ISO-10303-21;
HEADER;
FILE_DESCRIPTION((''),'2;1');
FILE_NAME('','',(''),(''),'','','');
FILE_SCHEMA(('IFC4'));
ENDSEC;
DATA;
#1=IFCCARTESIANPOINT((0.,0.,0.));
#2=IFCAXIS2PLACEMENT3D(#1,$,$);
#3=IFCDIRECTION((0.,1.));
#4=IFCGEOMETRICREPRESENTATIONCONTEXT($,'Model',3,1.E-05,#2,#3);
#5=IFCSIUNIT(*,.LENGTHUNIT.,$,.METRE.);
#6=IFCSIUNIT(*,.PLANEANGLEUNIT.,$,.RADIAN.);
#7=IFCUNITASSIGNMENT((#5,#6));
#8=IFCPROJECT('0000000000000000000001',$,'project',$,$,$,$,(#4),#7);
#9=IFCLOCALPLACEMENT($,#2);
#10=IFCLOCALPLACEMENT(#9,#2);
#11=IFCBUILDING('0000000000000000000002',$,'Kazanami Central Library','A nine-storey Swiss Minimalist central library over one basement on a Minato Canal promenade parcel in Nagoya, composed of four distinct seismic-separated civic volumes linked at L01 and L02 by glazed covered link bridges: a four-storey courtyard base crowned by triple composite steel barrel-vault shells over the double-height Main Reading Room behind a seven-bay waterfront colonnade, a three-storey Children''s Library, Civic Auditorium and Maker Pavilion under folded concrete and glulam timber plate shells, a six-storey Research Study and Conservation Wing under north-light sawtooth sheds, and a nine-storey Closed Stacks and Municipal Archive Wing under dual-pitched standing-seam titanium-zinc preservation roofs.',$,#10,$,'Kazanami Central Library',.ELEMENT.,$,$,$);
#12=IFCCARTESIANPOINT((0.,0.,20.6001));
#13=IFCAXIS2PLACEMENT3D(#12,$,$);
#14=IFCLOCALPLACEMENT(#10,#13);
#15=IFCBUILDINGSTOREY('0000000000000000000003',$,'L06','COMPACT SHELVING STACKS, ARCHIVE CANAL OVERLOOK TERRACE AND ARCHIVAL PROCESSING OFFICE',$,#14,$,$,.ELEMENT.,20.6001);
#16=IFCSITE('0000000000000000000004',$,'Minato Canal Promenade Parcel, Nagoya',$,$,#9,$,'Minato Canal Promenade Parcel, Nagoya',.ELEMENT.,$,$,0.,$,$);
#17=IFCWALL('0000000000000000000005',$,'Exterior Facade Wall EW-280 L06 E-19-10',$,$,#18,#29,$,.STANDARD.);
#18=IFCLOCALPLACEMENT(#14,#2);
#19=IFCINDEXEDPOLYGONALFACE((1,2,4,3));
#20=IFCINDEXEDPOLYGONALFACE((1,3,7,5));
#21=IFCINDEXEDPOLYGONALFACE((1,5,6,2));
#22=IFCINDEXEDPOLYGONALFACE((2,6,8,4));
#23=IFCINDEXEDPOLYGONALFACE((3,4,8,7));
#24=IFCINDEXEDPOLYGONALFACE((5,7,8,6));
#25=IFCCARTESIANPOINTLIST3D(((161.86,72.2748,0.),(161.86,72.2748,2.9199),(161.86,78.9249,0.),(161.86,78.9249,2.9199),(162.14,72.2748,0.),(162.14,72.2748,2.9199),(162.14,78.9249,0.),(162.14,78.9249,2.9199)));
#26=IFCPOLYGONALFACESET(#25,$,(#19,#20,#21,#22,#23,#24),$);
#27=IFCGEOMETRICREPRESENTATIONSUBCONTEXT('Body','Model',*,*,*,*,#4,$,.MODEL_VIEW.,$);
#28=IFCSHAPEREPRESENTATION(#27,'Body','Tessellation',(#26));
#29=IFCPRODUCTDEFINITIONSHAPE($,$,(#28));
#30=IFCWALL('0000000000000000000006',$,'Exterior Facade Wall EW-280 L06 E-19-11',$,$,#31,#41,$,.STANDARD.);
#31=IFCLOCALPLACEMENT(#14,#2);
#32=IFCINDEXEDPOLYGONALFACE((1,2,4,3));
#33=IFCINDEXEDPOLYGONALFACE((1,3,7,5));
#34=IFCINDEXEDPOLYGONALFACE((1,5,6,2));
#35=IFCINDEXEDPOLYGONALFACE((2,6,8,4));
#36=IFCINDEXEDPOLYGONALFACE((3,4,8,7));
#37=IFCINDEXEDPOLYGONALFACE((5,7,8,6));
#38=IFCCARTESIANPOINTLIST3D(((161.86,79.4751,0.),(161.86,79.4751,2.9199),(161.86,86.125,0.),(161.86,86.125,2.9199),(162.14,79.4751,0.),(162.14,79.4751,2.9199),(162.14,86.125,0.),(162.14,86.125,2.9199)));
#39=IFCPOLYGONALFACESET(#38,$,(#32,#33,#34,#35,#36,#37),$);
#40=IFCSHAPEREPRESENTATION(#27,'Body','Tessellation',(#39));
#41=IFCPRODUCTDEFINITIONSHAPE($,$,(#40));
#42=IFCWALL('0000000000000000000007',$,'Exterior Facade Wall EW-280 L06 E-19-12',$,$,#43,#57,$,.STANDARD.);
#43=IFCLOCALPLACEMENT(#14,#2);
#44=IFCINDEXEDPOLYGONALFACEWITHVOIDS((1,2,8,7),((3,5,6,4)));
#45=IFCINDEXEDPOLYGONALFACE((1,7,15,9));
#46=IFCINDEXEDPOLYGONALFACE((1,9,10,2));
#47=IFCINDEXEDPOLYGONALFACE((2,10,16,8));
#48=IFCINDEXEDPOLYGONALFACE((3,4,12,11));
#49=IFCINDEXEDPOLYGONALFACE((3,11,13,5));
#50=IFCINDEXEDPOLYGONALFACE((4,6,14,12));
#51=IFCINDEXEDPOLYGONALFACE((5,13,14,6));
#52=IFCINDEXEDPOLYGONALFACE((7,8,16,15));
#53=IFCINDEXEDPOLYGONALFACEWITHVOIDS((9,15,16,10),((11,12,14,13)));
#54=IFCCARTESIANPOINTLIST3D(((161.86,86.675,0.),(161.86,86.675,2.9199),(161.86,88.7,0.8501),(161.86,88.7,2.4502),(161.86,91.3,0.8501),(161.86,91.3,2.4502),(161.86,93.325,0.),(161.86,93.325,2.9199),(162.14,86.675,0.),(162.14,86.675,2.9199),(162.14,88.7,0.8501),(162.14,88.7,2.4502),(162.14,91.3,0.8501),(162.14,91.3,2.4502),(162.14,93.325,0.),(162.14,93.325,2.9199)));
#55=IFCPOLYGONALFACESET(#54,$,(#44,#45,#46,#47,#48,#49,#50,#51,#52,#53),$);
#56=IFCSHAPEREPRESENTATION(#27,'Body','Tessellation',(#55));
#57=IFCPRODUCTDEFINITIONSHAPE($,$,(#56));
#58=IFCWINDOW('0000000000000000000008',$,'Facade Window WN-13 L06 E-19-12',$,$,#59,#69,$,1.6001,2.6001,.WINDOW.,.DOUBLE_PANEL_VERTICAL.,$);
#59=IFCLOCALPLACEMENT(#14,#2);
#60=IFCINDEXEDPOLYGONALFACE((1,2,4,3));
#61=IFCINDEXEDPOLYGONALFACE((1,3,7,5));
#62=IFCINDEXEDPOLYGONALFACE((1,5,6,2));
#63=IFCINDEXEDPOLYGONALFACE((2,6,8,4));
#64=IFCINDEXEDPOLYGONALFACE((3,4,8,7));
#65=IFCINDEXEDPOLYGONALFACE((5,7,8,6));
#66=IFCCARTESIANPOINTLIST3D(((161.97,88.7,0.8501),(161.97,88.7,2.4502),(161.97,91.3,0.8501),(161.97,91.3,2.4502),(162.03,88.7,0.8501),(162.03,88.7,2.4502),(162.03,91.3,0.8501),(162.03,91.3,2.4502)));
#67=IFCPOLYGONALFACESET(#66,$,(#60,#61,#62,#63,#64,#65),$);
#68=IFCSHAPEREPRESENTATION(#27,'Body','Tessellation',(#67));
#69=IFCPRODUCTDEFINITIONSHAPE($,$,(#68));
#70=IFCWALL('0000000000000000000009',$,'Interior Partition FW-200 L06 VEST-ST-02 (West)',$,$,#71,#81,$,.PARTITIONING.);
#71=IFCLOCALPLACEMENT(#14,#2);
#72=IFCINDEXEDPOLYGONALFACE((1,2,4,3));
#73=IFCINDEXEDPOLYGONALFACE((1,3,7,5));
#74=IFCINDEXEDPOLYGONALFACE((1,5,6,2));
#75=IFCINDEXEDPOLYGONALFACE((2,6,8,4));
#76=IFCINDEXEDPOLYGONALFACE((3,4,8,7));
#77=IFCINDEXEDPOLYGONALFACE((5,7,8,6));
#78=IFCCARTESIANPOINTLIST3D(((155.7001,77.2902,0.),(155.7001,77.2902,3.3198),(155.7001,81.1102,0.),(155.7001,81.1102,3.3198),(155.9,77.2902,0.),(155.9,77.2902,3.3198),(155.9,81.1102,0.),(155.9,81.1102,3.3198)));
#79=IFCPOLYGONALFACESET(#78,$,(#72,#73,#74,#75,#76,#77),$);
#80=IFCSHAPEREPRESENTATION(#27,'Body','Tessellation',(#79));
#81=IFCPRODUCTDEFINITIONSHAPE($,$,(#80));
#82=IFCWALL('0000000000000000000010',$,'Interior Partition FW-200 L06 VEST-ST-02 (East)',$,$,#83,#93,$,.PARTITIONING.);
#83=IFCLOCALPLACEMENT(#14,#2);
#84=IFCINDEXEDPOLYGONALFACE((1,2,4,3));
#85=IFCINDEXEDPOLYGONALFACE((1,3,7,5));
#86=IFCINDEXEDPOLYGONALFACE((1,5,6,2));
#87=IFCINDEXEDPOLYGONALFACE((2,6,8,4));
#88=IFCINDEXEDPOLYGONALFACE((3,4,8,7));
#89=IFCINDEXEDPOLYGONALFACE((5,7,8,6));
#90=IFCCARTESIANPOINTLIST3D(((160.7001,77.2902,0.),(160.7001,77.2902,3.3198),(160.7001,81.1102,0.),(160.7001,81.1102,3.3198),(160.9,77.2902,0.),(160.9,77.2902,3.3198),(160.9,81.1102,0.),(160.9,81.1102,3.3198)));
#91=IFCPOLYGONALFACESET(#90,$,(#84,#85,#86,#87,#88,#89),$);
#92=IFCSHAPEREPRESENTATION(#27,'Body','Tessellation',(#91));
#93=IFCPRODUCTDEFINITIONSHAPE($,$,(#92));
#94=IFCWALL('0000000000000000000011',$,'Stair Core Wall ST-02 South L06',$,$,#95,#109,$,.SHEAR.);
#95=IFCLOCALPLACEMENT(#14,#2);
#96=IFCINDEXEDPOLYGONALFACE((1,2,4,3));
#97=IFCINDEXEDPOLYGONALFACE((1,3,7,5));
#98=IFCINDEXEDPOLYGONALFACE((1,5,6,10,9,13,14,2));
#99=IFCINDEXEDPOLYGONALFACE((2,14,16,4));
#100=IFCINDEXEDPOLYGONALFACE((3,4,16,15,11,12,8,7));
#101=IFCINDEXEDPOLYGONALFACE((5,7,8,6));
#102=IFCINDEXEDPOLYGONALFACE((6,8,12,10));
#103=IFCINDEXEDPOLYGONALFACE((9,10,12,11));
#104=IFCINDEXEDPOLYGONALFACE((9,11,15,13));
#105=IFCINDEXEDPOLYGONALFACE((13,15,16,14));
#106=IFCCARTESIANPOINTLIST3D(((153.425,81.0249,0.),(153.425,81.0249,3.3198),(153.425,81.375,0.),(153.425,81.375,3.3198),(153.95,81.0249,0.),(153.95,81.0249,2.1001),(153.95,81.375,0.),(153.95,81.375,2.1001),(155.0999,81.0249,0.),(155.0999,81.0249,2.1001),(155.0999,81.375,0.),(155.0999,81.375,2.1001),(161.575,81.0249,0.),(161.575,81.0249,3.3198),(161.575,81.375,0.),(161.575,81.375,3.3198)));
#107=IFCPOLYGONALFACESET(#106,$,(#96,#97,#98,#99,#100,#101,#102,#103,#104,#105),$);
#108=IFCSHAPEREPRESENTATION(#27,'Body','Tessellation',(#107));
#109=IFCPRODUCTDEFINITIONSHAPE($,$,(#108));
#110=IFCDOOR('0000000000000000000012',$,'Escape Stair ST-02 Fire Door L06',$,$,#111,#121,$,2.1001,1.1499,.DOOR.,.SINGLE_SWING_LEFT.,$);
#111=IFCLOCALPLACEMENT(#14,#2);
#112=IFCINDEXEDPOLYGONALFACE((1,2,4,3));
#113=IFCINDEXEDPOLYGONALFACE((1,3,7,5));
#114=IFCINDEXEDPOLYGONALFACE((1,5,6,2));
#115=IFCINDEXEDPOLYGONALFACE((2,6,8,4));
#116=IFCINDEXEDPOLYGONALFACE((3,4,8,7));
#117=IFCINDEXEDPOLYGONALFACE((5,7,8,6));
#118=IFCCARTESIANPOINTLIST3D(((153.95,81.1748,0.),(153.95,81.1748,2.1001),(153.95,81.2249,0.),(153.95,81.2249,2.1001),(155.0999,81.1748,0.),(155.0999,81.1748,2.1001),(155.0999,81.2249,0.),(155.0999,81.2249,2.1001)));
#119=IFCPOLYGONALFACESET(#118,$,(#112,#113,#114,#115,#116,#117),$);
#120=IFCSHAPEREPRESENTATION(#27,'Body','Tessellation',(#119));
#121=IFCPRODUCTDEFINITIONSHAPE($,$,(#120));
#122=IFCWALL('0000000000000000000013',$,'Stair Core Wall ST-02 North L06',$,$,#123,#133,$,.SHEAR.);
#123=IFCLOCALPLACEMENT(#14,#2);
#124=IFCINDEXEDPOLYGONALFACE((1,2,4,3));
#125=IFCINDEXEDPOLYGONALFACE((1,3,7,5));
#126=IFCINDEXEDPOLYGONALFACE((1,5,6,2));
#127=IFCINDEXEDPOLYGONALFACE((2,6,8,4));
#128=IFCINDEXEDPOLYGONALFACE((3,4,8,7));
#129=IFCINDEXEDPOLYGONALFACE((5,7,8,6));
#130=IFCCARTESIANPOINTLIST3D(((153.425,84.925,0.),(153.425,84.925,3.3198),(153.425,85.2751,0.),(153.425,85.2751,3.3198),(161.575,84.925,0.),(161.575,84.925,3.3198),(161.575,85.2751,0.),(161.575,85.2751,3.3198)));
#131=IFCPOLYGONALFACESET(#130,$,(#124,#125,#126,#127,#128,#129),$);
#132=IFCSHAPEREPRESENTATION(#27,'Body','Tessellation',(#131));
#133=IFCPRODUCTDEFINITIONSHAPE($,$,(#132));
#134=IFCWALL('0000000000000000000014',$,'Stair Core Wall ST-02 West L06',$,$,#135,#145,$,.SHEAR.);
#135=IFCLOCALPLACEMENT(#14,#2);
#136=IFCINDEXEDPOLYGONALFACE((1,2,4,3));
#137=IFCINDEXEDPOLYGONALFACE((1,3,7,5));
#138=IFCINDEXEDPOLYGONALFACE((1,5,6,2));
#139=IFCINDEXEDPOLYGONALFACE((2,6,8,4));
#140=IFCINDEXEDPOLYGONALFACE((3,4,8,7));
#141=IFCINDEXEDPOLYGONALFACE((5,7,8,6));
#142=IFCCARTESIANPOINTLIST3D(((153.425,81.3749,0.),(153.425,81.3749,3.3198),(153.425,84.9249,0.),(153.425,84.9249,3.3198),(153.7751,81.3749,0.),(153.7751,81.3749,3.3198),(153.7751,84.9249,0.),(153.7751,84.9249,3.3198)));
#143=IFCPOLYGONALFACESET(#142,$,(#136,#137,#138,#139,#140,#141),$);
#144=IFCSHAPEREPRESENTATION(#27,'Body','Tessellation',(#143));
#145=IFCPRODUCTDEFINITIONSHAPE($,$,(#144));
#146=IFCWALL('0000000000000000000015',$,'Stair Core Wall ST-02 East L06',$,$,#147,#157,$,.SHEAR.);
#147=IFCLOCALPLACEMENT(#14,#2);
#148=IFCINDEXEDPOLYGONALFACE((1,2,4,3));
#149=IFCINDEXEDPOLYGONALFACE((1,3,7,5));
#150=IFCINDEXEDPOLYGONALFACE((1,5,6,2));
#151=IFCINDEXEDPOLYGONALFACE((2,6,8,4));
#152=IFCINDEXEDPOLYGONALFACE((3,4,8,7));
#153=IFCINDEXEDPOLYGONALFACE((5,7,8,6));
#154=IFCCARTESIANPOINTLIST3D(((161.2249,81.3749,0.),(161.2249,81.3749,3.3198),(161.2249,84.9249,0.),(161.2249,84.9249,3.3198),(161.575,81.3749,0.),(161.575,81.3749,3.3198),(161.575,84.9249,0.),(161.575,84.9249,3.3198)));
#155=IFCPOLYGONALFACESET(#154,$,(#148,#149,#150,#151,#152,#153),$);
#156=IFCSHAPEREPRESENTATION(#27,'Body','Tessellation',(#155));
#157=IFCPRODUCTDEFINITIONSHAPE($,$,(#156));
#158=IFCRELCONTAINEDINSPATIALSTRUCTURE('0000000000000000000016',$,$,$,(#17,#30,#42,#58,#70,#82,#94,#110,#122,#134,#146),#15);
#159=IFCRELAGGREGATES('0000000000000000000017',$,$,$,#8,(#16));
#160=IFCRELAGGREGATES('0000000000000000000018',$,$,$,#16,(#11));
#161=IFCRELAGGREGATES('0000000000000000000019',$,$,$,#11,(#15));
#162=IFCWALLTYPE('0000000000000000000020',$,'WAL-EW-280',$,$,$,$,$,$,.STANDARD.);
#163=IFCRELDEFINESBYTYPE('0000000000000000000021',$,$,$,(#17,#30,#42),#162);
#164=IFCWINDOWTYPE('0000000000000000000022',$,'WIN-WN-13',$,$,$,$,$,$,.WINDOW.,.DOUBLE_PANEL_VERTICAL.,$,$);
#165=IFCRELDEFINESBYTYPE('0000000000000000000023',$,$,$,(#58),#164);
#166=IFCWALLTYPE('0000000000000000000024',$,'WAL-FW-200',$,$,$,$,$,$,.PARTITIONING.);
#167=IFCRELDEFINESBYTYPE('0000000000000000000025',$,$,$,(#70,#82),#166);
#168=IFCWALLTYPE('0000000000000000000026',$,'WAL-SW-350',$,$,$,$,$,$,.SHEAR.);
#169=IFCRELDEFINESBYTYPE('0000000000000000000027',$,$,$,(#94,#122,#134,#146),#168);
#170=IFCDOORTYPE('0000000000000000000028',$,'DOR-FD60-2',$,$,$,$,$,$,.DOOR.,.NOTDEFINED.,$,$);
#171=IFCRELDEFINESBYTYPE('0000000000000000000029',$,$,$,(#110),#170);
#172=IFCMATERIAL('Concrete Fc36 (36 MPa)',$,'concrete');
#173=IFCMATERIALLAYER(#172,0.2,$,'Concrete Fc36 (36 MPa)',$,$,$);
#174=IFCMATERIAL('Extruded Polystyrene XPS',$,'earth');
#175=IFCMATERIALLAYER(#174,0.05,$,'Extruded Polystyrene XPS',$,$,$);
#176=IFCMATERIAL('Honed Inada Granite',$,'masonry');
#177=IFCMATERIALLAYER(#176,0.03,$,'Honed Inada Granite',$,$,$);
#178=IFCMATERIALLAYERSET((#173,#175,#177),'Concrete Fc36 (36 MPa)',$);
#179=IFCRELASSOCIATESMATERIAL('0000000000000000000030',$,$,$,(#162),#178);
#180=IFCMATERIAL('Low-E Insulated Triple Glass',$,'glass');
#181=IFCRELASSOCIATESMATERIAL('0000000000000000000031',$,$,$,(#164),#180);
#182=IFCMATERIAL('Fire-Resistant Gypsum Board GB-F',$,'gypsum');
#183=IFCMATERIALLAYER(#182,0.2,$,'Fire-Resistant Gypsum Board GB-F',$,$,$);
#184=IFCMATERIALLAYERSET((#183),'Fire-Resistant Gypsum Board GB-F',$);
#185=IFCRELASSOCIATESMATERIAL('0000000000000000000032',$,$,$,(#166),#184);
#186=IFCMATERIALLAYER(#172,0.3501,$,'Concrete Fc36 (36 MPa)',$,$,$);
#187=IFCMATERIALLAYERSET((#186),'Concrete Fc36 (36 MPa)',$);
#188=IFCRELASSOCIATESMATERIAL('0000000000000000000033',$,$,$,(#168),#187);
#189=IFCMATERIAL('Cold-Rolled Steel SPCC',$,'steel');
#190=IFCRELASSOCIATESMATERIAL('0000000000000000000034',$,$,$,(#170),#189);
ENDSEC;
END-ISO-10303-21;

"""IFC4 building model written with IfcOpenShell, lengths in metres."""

from ifc_helpers import new_model, si_unit, direction, frame, frame_2d, origin, place, context, subcontext, project, spatial, rectangle, extrude, material, layer, layer_set, type_object, element, fill, save


model = new_model("IFC4")

# Units and contexts
model_context = context("Model", 3, precision=1e-05, world=origin(), true_north=direction((0.0, 1.0)))
body_context = subcontext(model_context, "Body", "Model", "MODEL_VIEW")
ifc_project = project(units=[si_unit("LENGTHUNIT", "METRE"), si_unit("PLANEANGLEUNIT", "RADIAN")], contexts=[model_context])

# Site, building, storey
site_placement = place(None, origin())
site = spatial("IfcSite", under=ifc_project, at=site_placement, Name="Minato Canal Promenade Parcel, Nagoya", LongName="Minato Canal Promenade Parcel, Nagoya", CompositionType="ELEMENT", RefElevation=0.0)
building_placement = place(site_placement, origin())
building = spatial("IfcBuilding", under=site, at=building_placement, Name="Kazanami Central Library", Description="A nine-storey Swiss Minimalist central library over one basement on a Minato Canal promenade parcel in Nagoya, composed of four distinct seismic-separated civic volumes linked at L01 and L02 by glazed covered link bridges: a four-storey courtyard base crowned by triple composite steel barrel-vault shells over the double-height Main Reading Room behind a seven-bay waterfront colonnade, a three-storey Children's Library, Civic Auditorium and Maker Pavilion under folded concrete and glulam timber plate shells, a six-storey Research Study and Conservation Wing under north-light sawtooth sheds, and a nine-storey Closed Stacks and Municipal Archive Wing under dual-pitched standing-seam titanium-zinc preservation roofs.", LongName="Kazanami Central Library", CompositionType="ELEMENT")
storey_placement = place(building_placement, frame((0.0, 0.0, 20.6001)))
storey = spatial("IfcBuildingStorey", under=building, at=storey_placement, Name="L06", Description="COMPACT SHELVING STACKS, ARCHIVE CANAL OVERLOOK TERRACE AND ARCHIVAL PROCESSING OFFICE", CompositionType="ELEMENT", Elevation=20.6001)

# Shared definitions
ifc_material_1 = material(Name="Concrete Fc36 (36 MPa)", Category="concrete")
ifc_layer_1 = layer(ifc_material_1, 0.2, Name="Concrete Fc36 (36 MPa)")
ifc_material_2 = material(Name="Extruded Polystyrene XPS", Category="earth")
ifc_layer_2 = layer(ifc_material_2, 0.05, Name="Extruded Polystyrene XPS")
ifc_material_3 = material(Name="Honed Inada Granite", Category="masonry")
ifc_layer_3 = layer(ifc_material_3, 0.03, Name="Honed Inada Granite")
ifc_layer_set_1 = layer_set([ifc_layer_1, ifc_layer_2, ifc_layer_3], Name="Concrete Fc36 (36 MPa)")
wall_type_1 = type_object("IfcWallType", Name="WAL-EW-280", PredefinedType="STANDARD", material=ifc_layer_set_1)
ifc_material_4 = material(Name="Low-E Insulated Triple Glass", Category="glass")
window_type = type_object("IfcWindowType", Name="WIN-WN-13", PartitioningType="DOUBLE_PANEL_VERTICAL", PredefinedType="WINDOW", material=ifc_material_4)

# Walls
wall_1_placement = place(storey_placement, frame((162.0, 78.925, 0.0), z_axis=(0.0, 0.0, 1.0), x_axis=(0.0, -1.0, 0.0)))
element("IfcWall", 1, at=wall_1_placement, inside=storey, type_object=wall_type_1, Name="Exterior Facade Wall EW-280 L06 E-19-10", PredefinedType="STANDARD", context=body_context, shape_type="SweptSolid", body=[
    extrude(rectangle(XDim=6.6501, YDim=0.28, at=frame_2d((3.3252, 0.0))), origin(), (0.0, 0.0, 1.0), 2.9199),
])
wall_2_placement = place(storey_placement, frame((162.0, 86.125, 0.0), z_axis=(0.0, 0.0, 1.0), x_axis=(0.0, -1.0, 0.0)))
element("IfcWall", 2, at=wall_2_placement, inside=storey, type_object=wall_type_1, Name="Exterior Facade Wall EW-280 L06 E-19-11", PredefinedType="STANDARD", context=body_context, shape_type="SweptSolid", body=[
    extrude(rectangle(XDim=6.6499, YDim=0.28, at=frame_2d((3.325, 0.0))), origin(), (0.0, 0.0, 1.0), 2.9199),
])

# Wall, opening, window
wall_3_placement = place(storey_placement, frame((162.0, 93.325, 0.0), z_axis=(0.0, 0.0, 1.0), x_axis=(0.0, -1.0, 0.0)))
wall_3 = element("IfcWall", 3, at=wall_3_placement, inside=storey, type_object=wall_type_1, Name="Exterior Facade Wall EW-280 L06 E-19-12", PredefinedType="STANDARD", context=body_context, shape_type="SweptSolid", body=[
    extrude(rectangle(XDim=6.6499, YDim=0.28, at=frame_2d((3.325, 0.0))), origin(), (0.0, 0.0, 1.0), 2.9199),
])
opening_1_placement = place(wall_3_placement, frame((2.0249, 0.0, 0.8501)))
opening_1 = element("IfcOpeningElement", 4, at=opening_1_placement, cuts=wall_3, PredefinedType="OPENING", context=body_context, shape_type="SweptSolid", body=[
    extrude(rectangle(XDim=2.6001, YDim=1.6001, at=frame_2d((1.3, 0.8))), frame((0.0, 0.1519, 0.0), z_axis=(0.0, -1.0, 0.0), x_axis=(1.0, 0.0, 0.0)), (0.0, 0.0, 1.0), 0.304),
])
window_1_placement = place(opening_1_placement, origin())
window_1 = element("IfcWindow", 5, at=window_1_placement, inside=storey, type_object=window_type, Name="Facade Window WN-13 L06 E-19-12", OverallHeight=1.6001, OverallWidth=2.6001, PartitioningType="DOUBLE_PANEL_VERTICAL", PredefinedType="WINDOW", context=body_context, shape_type="SweptSolid", body=[
    extrude(rectangle(XDim=2.6001, YDim=1.6001, at=frame_2d((1.3, 0.8))), frame((0.0, 0.03, 0.0), z_axis=(0.0, -1.0, 0.0), x_axis=(1.0, 0.0, 0.0)), (0.0, 0.0, 1.0), 0.0601),
])
fill(opening_1, window_1)

# Walls
ifc_material_5 = material(Name="Fire-Resistant Gypsum Board GB-F", Category="gypsum")
ifc_layer_4 = layer(ifc_material_5, 0.2, Name="Fire-Resistant Gypsum Board GB-F")
ifc_layer_set_2 = layer_set([ifc_layer_4], Name="Fire-Resistant Gypsum Board GB-F")
wall_type_2 = type_object("IfcWallType", Name="WAL-FW-200", PredefinedType="PARTITIONING", material=ifc_layer_set_2)
for number, where, z_axis, x_axis, name in (
    (6, (155.8, 77.29, 0.0), (0.0, 0.0, 1.0), (0.0, 1.0, 0.0), "Interior Partition FW-200 L06 VEST-ST-02 (West)"),
    (7, (160.8, 77.29, 0.0), (0.0, 0.0, 1.0), (0.0, 1.0, 0.0), "Interior Partition FW-200 L06 VEST-ST-02 (East)"),
):
    element("IfcWall", number, at=place(storey_placement, frame(where, z_axis=z_axis, x_axis=x_axis)), inside=storey, type_object=wall_type_2, Name=name, PredefinedType="PARTITIONING", context=body_context, shape_type="SweptSolid", body=[
        extrude(rectangle(XDim=3.8201, YDim=0.2, at=frame_2d((1.9102, 0.0))), origin(), (0.0, 0.0, 1.0), 3.3198),
    ])

# Wall, opening, door
ifc_layer_5 = layer(ifc_material_1, 0.3501, Name="Concrete Fc36 (36 MPa)")
ifc_layer_set_3 = layer_set([ifc_layer_5], Name="Concrete Fc36 (36 MPa)")
wall_type_3 = type_object("IfcWallType", Name="WAL-SW-350", PredefinedType="SHEAR", material=ifc_layer_set_3)
wall_4_placement = place(storey_placement, frame((153.425, 81.2, 0.0), z_axis=(0.0, 0.0, 1.0), x_axis=(1.0, 0.0, 0.0)))
wall_4 = element("IfcWall", 8, at=wall_4_placement, inside=storey, type_object=wall_type_3, Name="Stair Core Wall ST-02 South L06", PredefinedType="SHEAR", context=body_context, shape_type="SweptSolid", body=[
    extrude(rectangle(XDim=8.1499, YDim=0.3501, at=frame_2d((4.075, 0.0))), origin(), (0.0, 0.0, 1.0), 3.3198),
])
opening_2_placement = place(wall_4_placement, frame((0.5249, 0.0, 0.0)))
opening_2 = element("IfcOpeningElement", 9, at=opening_2_placement, cuts=wall_4, PredefinedType="OPENING", context=body_context, shape_type="SweptSolid", body=[
    extrude(rectangle(XDim=1.1499, YDim=2.1001, at=frame_2d((0.575, 1.05))), frame((0.0, 0.187, 0.0), z_axis=(0.0, -1.0, 0.0), x_axis=(1.0, 0.0, 0.0)), (0.0, 0.0, 1.0), 0.374),
])
ifc_material_6 = material(Name="Cold-Rolled Steel SPCC", Category="steel")
door_type = type_object("IfcDoorType", Name="DOR-FD60-2", OperationType="NOTDEFINED", PredefinedType="DOOR", material=ifc_material_6)
door_placement = place(opening_2_placement, origin())
door = element("IfcDoor", 10, at=door_placement, inside=storey, type_object=door_type, Name="Escape Stair ST-02 Fire Door L06", OperationType="SINGLE_SWING_LEFT", OverallHeight=2.1001, OverallWidth=1.1499, PredefinedType="DOOR", context=body_context, shape_type="SweptSolid", body=[
    extrude(rectangle(XDim=1.1499, YDim=2.1001, at=frame_2d((0.575, 1.05))), frame((0.0, 0.0249, 0.0), z_axis=(0.0, -1.0, 0.0), x_axis=(1.0, 0.0, 0.0)), (0.0, 0.0, 1.0), 0.05),
])
fill(opening_2, door)

# Walls
wall_5_placement = place(storey_placement, frame((153.425, 85.1001, 0.0), z_axis=(0.0, 0.0, 1.0), x_axis=(1.0, 0.0, 0.0)))
element("IfcWall", 11, at=wall_5_placement, inside=storey, type_object=wall_type_3, Name="Stair Core Wall ST-02 North L06", PredefinedType="SHEAR", context=body_context, shape_type="SweptSolid", body=[
    extrude(rectangle(XDim=8.1499, YDim=0.3501, at=frame_2d((4.075, 0.0))), origin(), (0.0, 0.0, 1.0), 3.3198),
])
for number, where, z_axis, x_axis, name in (
    (12, (153.6001, 81.375, 0.0), (0.0, 0.0, 1.0), (0.0, 1.0, 0.0), "Stair Core Wall ST-02 West L06"),
    (13, (161.3999, 81.375, 0.0), (0.0, 0.0, 1.0), (0.0, 1.0, 0.0), "Stair Core Wall ST-02 East L06"),
):
    element("IfcWall", number, at=place(storey_placement, frame(where, z_axis=z_axis, x_axis=x_axis)), inside=storey, type_object=wall_type_3, Name=name, PredefinedType="SHEAR", context=body_context, shape_type="SweptSolid", body=[
        extrude(rectangle(XDim=3.55, YDim=0.3501, at=frame_2d((1.7749, 0.0))), origin(), (0.0, 0.0, 1.0), 3.3198),
    ])

save(model, "model.ifc")
